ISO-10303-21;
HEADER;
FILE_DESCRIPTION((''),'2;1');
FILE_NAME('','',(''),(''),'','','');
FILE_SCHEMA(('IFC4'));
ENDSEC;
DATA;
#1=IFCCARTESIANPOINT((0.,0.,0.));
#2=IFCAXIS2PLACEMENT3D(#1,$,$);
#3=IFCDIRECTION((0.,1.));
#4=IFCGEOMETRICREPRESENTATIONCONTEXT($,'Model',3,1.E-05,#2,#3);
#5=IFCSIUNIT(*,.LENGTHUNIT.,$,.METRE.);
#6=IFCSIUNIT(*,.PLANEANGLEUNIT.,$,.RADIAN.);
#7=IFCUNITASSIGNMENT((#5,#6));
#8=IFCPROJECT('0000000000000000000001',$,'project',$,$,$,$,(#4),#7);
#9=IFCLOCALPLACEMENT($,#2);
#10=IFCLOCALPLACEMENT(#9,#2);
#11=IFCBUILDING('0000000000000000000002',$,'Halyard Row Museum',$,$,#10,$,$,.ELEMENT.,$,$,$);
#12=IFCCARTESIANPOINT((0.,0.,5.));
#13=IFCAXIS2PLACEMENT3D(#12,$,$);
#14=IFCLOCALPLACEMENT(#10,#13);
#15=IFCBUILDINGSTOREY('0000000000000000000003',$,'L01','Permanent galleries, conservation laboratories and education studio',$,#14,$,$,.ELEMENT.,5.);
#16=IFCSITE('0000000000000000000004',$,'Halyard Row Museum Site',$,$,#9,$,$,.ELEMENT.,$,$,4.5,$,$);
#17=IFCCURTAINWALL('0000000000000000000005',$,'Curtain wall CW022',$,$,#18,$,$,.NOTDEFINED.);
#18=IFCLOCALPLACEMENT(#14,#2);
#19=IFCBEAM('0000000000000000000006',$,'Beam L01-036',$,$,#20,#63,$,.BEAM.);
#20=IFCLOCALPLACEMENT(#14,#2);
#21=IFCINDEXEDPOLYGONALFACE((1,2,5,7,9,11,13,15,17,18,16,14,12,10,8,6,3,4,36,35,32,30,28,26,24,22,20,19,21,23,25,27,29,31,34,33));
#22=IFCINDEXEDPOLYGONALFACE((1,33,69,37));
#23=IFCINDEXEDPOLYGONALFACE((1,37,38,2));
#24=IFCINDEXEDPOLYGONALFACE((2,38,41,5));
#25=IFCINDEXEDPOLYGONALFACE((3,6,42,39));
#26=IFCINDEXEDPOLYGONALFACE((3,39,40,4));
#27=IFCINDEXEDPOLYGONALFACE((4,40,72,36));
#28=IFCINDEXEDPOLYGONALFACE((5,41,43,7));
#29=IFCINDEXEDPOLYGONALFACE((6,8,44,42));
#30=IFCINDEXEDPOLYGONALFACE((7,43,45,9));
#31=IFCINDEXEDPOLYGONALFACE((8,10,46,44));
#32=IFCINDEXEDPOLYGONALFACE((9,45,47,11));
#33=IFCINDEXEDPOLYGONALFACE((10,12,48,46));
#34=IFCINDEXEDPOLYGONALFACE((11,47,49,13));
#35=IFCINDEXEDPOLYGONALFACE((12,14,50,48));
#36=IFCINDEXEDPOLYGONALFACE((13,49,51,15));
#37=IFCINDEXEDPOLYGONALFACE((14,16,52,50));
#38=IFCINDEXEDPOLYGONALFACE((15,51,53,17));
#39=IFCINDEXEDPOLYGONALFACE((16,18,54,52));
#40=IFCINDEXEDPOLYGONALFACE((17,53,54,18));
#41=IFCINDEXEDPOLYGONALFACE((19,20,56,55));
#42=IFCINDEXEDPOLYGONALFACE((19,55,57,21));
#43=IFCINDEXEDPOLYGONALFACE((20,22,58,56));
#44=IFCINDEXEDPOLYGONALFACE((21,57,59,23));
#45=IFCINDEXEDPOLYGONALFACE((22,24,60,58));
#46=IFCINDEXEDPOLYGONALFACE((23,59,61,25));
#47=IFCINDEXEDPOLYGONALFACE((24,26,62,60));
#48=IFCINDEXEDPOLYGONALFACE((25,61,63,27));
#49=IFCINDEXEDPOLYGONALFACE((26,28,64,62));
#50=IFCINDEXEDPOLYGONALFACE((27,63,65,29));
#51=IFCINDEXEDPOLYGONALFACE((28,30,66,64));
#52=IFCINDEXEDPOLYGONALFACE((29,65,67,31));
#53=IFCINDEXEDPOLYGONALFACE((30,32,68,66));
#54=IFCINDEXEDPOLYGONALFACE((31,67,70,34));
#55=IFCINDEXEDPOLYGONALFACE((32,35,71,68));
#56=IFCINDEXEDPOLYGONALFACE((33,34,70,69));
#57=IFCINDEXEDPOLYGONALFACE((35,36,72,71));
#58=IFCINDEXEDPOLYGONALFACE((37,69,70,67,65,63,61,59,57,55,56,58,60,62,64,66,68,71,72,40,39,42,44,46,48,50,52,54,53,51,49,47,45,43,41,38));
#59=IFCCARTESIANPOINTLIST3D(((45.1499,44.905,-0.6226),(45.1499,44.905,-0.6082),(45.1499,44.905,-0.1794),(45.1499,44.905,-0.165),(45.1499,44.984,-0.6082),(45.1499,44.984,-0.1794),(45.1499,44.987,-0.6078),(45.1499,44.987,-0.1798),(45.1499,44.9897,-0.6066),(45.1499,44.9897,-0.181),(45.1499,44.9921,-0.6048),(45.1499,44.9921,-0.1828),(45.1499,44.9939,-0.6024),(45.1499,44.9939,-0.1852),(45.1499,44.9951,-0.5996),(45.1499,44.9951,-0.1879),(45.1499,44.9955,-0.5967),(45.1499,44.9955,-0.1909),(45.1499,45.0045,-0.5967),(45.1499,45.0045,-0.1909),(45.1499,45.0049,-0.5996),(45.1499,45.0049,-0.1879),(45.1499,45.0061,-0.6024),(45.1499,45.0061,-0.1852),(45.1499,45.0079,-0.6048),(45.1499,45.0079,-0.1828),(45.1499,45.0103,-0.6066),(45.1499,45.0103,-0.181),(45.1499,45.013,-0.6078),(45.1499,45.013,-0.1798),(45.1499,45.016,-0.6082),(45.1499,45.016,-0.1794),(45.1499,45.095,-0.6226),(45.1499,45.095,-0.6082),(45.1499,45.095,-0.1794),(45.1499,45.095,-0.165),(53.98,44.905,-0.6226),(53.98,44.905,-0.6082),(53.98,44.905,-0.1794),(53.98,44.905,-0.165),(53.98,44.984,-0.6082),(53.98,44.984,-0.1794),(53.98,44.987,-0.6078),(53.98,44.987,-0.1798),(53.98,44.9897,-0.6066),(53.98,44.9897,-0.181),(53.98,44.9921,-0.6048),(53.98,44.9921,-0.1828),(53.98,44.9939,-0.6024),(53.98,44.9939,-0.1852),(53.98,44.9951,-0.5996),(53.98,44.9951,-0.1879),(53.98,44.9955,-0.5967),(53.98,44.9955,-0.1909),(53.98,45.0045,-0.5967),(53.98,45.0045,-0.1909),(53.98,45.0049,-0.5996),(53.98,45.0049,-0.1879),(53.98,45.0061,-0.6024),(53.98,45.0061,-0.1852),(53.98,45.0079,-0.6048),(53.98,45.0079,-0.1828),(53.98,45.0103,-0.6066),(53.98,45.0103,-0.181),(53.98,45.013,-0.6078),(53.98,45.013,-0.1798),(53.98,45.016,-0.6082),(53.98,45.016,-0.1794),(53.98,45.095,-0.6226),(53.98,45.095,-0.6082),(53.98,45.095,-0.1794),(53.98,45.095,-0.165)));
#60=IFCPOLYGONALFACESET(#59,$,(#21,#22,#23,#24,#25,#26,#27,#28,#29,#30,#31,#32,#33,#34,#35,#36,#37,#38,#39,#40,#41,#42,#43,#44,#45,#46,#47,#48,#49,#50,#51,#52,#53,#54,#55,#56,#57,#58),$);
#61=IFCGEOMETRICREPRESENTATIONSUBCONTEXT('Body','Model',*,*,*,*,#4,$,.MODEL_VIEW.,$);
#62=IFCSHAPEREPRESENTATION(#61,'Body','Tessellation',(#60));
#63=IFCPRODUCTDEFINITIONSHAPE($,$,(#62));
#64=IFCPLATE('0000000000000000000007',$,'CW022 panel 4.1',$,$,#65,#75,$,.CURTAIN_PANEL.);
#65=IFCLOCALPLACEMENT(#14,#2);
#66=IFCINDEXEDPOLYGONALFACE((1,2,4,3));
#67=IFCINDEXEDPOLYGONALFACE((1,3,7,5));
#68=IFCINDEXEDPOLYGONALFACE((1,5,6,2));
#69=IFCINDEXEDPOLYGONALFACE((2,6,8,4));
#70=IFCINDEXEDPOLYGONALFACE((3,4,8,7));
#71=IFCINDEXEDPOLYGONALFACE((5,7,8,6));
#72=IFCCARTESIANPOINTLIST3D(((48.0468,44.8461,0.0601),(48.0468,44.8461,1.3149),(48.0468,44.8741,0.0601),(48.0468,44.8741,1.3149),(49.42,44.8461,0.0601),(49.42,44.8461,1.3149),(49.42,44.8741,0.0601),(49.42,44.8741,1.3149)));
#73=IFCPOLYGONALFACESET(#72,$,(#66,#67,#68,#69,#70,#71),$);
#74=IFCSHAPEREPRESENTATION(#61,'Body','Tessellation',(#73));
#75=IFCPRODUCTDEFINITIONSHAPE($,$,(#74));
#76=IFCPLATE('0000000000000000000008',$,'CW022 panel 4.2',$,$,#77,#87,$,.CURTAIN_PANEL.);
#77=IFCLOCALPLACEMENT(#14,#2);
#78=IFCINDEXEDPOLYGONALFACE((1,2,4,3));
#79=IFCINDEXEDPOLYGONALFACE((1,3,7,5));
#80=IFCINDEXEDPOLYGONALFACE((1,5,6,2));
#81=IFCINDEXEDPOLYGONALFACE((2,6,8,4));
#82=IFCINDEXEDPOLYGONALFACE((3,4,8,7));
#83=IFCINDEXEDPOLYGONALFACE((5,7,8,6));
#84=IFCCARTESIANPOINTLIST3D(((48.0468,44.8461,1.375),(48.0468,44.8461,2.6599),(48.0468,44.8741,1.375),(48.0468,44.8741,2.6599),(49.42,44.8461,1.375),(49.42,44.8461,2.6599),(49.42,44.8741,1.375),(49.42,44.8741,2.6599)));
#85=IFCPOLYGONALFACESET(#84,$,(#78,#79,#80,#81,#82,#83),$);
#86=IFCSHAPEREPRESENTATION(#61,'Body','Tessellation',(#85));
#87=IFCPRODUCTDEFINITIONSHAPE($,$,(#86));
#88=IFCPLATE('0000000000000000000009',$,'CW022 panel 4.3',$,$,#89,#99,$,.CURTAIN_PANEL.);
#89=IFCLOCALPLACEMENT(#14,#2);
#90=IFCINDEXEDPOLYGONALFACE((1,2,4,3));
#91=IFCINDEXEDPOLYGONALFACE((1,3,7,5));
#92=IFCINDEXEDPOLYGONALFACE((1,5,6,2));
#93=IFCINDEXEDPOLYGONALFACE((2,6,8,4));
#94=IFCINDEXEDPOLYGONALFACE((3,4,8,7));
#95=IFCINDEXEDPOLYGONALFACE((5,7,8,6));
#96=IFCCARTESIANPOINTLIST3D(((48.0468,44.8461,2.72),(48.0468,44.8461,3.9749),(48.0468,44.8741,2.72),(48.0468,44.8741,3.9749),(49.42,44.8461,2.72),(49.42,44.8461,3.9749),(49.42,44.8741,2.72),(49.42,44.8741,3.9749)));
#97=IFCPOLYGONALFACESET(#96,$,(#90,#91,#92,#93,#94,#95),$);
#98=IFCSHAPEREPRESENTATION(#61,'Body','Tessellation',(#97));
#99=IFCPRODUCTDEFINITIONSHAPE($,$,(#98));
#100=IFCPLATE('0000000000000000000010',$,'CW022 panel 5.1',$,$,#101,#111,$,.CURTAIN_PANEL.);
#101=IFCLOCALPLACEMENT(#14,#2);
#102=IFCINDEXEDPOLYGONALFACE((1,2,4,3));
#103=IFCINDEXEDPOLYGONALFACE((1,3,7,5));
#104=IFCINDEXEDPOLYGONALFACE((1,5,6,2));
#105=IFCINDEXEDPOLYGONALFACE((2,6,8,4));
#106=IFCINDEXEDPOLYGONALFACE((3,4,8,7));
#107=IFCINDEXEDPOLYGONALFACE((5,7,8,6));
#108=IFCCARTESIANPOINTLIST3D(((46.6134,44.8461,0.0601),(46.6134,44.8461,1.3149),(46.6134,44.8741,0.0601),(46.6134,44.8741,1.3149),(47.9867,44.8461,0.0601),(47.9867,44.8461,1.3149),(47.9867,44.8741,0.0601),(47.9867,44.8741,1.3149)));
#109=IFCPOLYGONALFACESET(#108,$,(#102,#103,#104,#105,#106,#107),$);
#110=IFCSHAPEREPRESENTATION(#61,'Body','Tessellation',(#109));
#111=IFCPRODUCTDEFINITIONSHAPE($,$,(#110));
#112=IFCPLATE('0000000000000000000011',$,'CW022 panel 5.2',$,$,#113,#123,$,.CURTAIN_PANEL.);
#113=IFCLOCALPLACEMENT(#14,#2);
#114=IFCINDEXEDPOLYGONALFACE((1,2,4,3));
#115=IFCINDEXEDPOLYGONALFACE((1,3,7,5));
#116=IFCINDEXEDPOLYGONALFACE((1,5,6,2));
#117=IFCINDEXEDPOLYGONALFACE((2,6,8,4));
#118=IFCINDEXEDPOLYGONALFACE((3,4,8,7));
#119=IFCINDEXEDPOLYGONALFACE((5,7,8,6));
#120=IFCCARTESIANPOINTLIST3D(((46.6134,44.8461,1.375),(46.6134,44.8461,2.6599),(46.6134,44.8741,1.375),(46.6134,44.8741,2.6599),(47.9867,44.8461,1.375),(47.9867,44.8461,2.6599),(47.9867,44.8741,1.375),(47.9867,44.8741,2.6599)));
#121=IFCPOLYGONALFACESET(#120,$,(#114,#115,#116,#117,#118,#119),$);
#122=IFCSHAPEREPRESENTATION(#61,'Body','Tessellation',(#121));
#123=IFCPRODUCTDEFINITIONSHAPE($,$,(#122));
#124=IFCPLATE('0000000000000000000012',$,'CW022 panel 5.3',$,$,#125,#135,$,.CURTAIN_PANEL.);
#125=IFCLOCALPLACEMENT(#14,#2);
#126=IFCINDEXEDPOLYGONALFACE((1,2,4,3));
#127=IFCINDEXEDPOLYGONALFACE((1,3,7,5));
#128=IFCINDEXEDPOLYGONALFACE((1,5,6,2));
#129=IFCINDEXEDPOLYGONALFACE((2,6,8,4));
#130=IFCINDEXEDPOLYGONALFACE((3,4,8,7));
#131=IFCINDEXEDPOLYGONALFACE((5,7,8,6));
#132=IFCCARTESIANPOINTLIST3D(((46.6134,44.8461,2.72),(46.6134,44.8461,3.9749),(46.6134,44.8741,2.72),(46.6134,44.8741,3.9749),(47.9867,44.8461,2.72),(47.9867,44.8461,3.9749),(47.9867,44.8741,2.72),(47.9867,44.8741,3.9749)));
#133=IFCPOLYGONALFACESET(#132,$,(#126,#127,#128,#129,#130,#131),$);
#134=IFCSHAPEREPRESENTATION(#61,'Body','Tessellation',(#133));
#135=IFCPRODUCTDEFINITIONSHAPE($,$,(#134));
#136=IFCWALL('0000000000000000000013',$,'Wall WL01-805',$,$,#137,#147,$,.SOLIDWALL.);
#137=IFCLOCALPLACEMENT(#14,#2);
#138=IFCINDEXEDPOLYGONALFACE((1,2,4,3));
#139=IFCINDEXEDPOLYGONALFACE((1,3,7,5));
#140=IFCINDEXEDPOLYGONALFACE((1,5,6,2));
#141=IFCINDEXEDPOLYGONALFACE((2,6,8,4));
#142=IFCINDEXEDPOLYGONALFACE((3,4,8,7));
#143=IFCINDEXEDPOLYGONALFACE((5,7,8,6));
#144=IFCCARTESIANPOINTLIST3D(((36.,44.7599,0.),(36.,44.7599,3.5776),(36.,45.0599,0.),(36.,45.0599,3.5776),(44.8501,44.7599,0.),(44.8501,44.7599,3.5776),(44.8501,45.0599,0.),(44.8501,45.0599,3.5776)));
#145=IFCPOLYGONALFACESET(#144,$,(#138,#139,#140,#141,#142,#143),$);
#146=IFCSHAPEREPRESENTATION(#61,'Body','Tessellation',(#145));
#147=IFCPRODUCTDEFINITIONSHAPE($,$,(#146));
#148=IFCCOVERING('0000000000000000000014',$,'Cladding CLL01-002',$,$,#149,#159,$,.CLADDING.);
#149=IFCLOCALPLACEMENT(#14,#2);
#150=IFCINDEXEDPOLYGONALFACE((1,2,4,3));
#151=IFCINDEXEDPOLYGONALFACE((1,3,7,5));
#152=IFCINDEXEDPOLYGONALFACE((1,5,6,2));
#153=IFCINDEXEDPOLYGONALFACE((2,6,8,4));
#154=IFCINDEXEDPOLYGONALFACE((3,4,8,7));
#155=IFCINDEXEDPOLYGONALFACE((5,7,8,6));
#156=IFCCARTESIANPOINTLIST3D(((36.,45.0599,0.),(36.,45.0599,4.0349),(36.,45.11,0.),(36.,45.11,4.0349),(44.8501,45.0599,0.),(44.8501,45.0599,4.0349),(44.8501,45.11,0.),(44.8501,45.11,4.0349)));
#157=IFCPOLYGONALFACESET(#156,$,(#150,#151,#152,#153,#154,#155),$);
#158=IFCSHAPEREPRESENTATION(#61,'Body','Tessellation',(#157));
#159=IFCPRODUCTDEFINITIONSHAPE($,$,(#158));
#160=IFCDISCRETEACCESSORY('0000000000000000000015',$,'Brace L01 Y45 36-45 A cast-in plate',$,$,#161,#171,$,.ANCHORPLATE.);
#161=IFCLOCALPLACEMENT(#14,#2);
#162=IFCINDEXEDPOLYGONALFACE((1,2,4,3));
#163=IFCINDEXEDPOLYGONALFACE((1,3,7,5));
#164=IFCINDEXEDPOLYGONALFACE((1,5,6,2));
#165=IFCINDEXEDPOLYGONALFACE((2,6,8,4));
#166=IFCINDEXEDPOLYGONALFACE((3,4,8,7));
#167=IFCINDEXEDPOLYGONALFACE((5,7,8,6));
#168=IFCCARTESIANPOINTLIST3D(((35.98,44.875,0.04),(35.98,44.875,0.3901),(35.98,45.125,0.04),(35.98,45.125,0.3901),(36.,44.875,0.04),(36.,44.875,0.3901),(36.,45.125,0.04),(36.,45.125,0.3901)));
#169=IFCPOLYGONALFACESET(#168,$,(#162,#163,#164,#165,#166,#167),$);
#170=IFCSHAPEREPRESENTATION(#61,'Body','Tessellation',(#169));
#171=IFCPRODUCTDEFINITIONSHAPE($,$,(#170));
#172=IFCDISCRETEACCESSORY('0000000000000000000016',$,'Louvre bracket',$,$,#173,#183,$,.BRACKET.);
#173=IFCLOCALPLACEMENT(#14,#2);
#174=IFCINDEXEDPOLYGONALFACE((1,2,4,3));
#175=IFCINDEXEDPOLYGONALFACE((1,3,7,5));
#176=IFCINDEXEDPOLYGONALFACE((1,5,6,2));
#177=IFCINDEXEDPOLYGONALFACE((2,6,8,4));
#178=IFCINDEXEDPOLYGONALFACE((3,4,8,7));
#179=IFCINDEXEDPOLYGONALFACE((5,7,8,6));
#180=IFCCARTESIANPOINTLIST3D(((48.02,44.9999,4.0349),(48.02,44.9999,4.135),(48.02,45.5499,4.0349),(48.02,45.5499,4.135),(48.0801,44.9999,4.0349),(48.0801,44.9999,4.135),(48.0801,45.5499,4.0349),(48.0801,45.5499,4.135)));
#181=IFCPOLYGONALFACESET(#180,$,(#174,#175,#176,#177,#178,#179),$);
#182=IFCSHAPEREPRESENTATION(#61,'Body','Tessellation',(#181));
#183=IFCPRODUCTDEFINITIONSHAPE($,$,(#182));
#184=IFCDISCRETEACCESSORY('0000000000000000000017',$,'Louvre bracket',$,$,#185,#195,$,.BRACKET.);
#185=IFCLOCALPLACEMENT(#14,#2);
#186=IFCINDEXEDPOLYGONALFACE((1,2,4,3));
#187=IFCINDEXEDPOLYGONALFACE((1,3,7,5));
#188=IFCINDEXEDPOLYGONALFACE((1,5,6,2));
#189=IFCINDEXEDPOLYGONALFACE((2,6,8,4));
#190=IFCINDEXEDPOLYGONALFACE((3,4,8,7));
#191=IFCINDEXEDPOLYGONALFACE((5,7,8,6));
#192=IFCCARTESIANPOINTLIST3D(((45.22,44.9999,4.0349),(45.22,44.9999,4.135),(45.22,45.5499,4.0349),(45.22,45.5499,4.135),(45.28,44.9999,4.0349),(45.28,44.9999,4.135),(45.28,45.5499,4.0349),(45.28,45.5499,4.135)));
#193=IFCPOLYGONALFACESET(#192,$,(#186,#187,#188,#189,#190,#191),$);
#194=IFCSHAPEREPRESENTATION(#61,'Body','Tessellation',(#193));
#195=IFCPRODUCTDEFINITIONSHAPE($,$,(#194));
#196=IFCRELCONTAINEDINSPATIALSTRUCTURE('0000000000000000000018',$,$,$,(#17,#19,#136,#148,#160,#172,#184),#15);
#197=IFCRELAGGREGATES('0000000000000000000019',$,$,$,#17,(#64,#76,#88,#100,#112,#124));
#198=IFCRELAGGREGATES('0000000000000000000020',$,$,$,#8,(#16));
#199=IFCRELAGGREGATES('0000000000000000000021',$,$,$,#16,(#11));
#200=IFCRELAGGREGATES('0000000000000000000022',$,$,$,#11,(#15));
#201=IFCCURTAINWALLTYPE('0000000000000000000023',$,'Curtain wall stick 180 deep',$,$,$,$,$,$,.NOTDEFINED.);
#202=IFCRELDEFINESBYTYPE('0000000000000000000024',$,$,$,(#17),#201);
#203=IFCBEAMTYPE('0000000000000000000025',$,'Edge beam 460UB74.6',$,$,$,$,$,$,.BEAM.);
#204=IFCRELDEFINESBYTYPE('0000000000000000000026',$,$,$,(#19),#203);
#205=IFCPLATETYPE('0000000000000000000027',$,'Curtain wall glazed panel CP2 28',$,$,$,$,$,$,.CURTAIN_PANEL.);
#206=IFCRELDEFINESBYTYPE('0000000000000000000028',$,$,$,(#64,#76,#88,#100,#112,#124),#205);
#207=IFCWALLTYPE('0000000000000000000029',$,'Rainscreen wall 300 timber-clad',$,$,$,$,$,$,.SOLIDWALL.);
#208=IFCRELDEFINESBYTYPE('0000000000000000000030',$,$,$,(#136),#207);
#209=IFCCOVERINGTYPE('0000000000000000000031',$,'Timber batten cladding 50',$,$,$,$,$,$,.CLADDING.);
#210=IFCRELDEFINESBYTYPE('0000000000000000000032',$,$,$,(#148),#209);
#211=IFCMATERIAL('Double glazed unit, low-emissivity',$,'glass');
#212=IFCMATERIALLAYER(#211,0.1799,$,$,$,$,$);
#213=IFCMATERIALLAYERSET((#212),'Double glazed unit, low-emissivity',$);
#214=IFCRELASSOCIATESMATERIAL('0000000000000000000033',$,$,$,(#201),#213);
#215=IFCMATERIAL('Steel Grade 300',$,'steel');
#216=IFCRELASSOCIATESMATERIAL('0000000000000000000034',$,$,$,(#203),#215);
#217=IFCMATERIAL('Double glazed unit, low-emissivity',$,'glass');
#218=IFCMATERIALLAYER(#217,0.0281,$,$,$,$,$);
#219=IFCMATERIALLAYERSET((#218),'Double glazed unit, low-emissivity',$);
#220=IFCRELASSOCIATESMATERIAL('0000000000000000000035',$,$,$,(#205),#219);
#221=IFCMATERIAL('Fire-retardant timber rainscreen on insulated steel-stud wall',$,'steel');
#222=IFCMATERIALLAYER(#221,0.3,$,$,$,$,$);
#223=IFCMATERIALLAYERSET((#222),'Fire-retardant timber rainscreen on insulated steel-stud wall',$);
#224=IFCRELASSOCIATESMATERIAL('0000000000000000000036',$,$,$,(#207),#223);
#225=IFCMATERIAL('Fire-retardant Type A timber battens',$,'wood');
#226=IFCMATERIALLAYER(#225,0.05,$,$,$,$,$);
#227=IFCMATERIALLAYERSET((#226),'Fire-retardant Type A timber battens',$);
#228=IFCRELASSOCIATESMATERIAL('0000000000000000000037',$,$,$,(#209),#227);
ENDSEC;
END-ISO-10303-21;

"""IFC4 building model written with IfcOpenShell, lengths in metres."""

from ifc_helpers import new_model, si_unit, direction, frame, frame_2d, origin, origin_2d, place, context, subcontext, project, spatial, rectangle, i_section, extrude, material, layer, layer_set, material_profile, profile_set, type_object, element, aggregate, save


model = new_model("IFC4")

# Units and contexts
model_context = context("Model", 3, precision=1e-05, world=origin(), true_north=direction((0.0, 1.0)))
body_context = subcontext(model_context, "Body", "Model", "MODEL_VIEW")
ifc_project = project(units=[si_unit("LENGTHUNIT", "METRE"), si_unit("PLANEANGLEUNIT", "RADIAN")], contexts=[model_context])

# Site, building, storey
site_placement = place(None, origin())
site = spatial("IfcSite", under=ifc_project, at=site_placement, Name="Halyard Row Museum Site", CompositionType="ELEMENT", RefElevation=4.5)
building_placement = place(site_placement, origin())
building = spatial("IfcBuilding", under=site, at=building_placement, Name="Halyard Row Museum", CompositionType="ELEMENT")
storey_placement = place(building_placement, frame((0.0, 0.0, 5.0)))
storey = spatial("IfcBuildingStorey", under=building, at=storey_placement, Name="L01", Description="Permanent galleries, conservation laboratories and education studio", CompositionType="ELEMENT", Elevation=5.0)

# Curtain wall
ifc_material_1 = material(Name="Double glazed unit, low-emissivity", Category="glass")
ifc_layer_1 = layer(ifc_material_1, 0.1799)
ifc_layer_set_1 = layer_set([ifc_layer_1], Name="Double glazed unit, low-emissivity")
curtain_wall_type = type_object("IfcCurtainWallType", Name="Curtain wall stick 180 deep", PredefinedType="NOTDEFINED", material=ifc_layer_set_1)
curtain_wall_placement = place(storey_placement, origin())
curtain_wall = element("IfcCurtainWall", 1, at=curtain_wall_placement, inside=storey, type_object=curtain_wall_type, Name="Curtain wall CW022", PredefinedType="NOTDEFINED")

# Beam
ifc_material_2 = material(Name="Steel Grade 300", Category="steel")
ifc_material_profile_1 = material_profile(ifc_material_2, i_section(OverallWidth=0.1899, OverallDepth=0.4575, WebThickness=0.009, FlangeThickness=0.0144, FilletRadius=0.0115, at=origin_2d()), Name="460UB74.6")
ifc_profile_set_1 = profile_set([ifc_material_profile_1], Name="Steel Grade 300")
beam_type = type_object("IfcBeamType", Name="Edge beam 460UB74.6", PredefinedType="BEAM", material=ifc_profile_set_1)
beam_1_placement = place(storey_placement, frame((45.1499, 45.0, -0.3938), z_axis=(1.0, 0.0, 0.0), x_axis=(0.0, 1.0, 0.0)))
element("IfcBeam", 2, at=beam_1_placement, inside=storey, type_object=beam_type, Name="Beam L01-036", PredefinedType="BEAM", context=body_context, shape_type="SweptSolid", body=[
    extrude(i_section(OverallWidth=0.1899, OverallDepth=0.4575, WebThickness=0.009, FlangeThickness=0.0144, FilletRadius=0.0115, at=origin_2d()), origin(), (0.0, 0.0, 1.0), 8.8301),
])

# Plates
ifc_material_3 = material(Name="Double glazed unit, low-emissivity", Category="glass")
ifc_layer_2 = layer(ifc_material_3, 0.0281)
ifc_layer_set_2 = layer_set([ifc_layer_2], Name="Double glazed unit, low-emissivity")
plate_type = type_object("IfcPlateType", Name="Curtain wall glazed panel CP2 28", PredefinedType="CURTAIN_PANEL", material=ifc_layer_set_2)
plate_1_placement = place(storey_placement, frame((48.7334, 44.8601, 0.0601), z_axis=(0.0, 0.0, 1.0), x_axis=(-1.0, 0.0, 0.0)))
plate_1 = element("IfcPlate", 3, at=plate_1_placement, type_object=plate_type, Name="CW022 panel 4.1", PredefinedType="CURTAIN_PANEL", context=body_context, shape_type="SweptSolid", body=[
    extrude(rectangle(XDim=1.3733, YDim=0.0281, at=origin_2d()), origin(), (0.0, 0.0, 1.0), 1.2549),
])
plate_2_placement = place(storey_placement, frame((48.7334, 44.8601, 1.375), z_axis=(0.0, 0.0, 1.0), x_axis=(-1.0, 0.0, 0.0)))
plate_2 = element("IfcPlate", 4, at=plate_2_placement, type_object=plate_type, Name="CW022 panel 4.2", PredefinedType="CURTAIN_PANEL", context=body_context, shape_type="SweptSolid", body=[
    extrude(rectangle(XDim=1.3733, YDim=0.0281, at=origin_2d()), origin(), (0.0, 0.0, 1.0), 1.2849),
])
plate_3_placement = place(storey_placement, frame((48.7334, 44.8601, 2.72), z_axis=(0.0, 0.0, 1.0), x_axis=(-1.0, 0.0, 0.0)))
plate_3 = element("IfcPlate", 5, at=plate_3_placement, type_object=plate_type, Name="CW022 panel 4.3", PredefinedType="CURTAIN_PANEL", context=body_context, shape_type="SweptSolid", body=[
    extrude(rectangle(XDim=1.3733, YDim=0.0281, at=origin_2d()), origin(), (0.0, 0.0, 1.0), 1.2549),
])
plate_4_placement = place(storey_placement, frame((47.3, 44.8601, 0.0601), z_axis=(0.0, 0.0, 1.0), x_axis=(-1.0, 0.0, 0.0)))
plate_4 = element("IfcPlate", 6, at=plate_4_placement, type_object=plate_type, Name="CW022 panel 5.1", PredefinedType="CURTAIN_PANEL", context=body_context, shape_type="SweptSolid", body=[
    extrude(rectangle(XDim=1.3733, YDim=0.0281, at=origin_2d()), origin(), (0.0, 0.0, 1.0), 1.2549),
])
plate_5_placement = place(storey_placement, frame((47.3, 44.8601, 1.375), z_axis=(0.0, 0.0, 1.0), x_axis=(-1.0, 0.0, 0.0)))
plate_5 = element("IfcPlate", 7, at=plate_5_placement, type_object=plate_type, Name="CW022 panel 5.2", PredefinedType="CURTAIN_PANEL", context=body_context, shape_type="SweptSolid", body=[
    extrude(rectangle(XDim=1.3733, YDim=0.0281, at=origin_2d()), origin(), (0.0, 0.0, 1.0), 1.2849),
])
plate_6_placement = place(storey_placement, frame((47.3, 44.8601, 2.72), z_axis=(0.0, 0.0, 1.0), x_axis=(-1.0, 0.0, 0.0)))
plate_6 = element("IfcPlate", 8, at=plate_6_placement, type_object=plate_type, Name="CW022 panel 5.3", PredefinedType="CURTAIN_PANEL", context=body_context, shape_type="SweptSolid", body=[
    extrude(rectangle(XDim=1.3733, YDim=0.0281, at=origin_2d()), origin(), (0.0, 0.0, 1.0), 1.2549),
])
aggregate(curtain_wall, [plate_1, plate_2, plate_3, plate_4, plate_5, plate_6])

# Wall
ifc_material_4 = material(Name="Fire-retardant timber rainscreen on insulated steel-stud wall", Category="steel")
ifc_layer_3 = layer(ifc_material_4, 0.3)
ifc_layer_set_3 = layer_set([ifc_layer_3], Name="Fire-retardant timber rainscreen on insulated steel-stud wall")
wall_type = type_object("IfcWallType", Name="Rainscreen wall 300 timber-clad", PredefinedType="SOLIDWALL", material=ifc_layer_set_3)
wall_placement = place(storey_placement, frame((36.0, 44.9099, 0.0), z_axis=(0.0, 0.0, 1.0), x_axis=(1.0, 0.0, 0.0)))
element("IfcWall", 9, at=wall_placement, inside=storey, type_object=wall_type, Name="Wall WL01-805", PredefinedType="SOLIDWALL", context=body_context, shape_type="SweptSolid", body=[
    extrude(rectangle(XDim=8.8501, YDim=0.3, at=frame_2d((4.425, 0.0))), origin(), (0.0, 0.0, 1.0), 3.5776),
])

# Covering
ifc_material_5 = material(Name="Fire-retardant Type A timber battens", Category="wood")
ifc_layer_4 = layer(ifc_material_5, 0.05)
ifc_layer_set_4 = layer_set([ifc_layer_4], Name="Fire-retardant Type A timber battens")
covering_type = type_object("IfcCoveringType", Name="Timber batten cladding 50", PredefinedType="CLADDING", material=ifc_layer_set_4)
covering_placement = place(storey_placement, frame((44.8501, 45.085, 0.0), z_axis=(0.0, 0.0, 1.0), x_axis=(-1.0, 0.0, 0.0)))
element("IfcCovering", 10, at=covering_placement, inside=storey, type_object=covering_type, Name="Cladding CLL01-002", PredefinedType="CLADDING", context=body_context, shape_type="SweptSolid", body=[
    extrude(rectangle(XDim=8.8501, YDim=0.05, at=frame_2d((4.425, 0.0))), origin(), (0.0, 0.0, 1.0), 4.0349),
])

# Discrete accessories
discrete_accessory_placement = place(storey_placement, frame((36.0, 45.0, 0.2151), z_axis=(-1.0, 0.0, 0.0), x_axis=(0.0, -1.0, 0.0)))
element("IfcDiscreteAccessory", 11, at=discrete_accessory_placement, inside=storey, Name="Brace L01 Y45 36-45 A cast-in plate", PredefinedType="ANCHORPLATE", context=body_context, shape_type="SweptSolid", body=[
    extrude(rectangle(XDim=0.25, YDim=0.3501, at=origin_2d()), origin(), (0.0, 0.0, 1.0), 0.02),
])
for number, where, z_axis, x_axis, name in (
    (12, (48.05, 45.2749, 4.0349), (0.0, 0.0, 1.0), (1.0, 0.0, 0.0), "Louvre bracket"),
    (13, (45.25, 45.2749, 4.0349), (0.0, 0.0, 1.0), (1.0, 0.0, 0.0), "Louvre bracket"),
):
    element("IfcDiscreteAccessory", number, at=place(storey_placement, frame(where, z_axis=z_axis, x_axis=x_axis)), inside=storey, Name=name, PredefinedType="BRACKET", context=body_context, shape_type="SweptSolid", body=[
        extrude(rectangle(XDim=0.0601, YDim=0.55, at=origin_2d()), origin(), (0.0, 0.0, 1.0), 0.1001),
    ])

save(model, "model.ifc")
